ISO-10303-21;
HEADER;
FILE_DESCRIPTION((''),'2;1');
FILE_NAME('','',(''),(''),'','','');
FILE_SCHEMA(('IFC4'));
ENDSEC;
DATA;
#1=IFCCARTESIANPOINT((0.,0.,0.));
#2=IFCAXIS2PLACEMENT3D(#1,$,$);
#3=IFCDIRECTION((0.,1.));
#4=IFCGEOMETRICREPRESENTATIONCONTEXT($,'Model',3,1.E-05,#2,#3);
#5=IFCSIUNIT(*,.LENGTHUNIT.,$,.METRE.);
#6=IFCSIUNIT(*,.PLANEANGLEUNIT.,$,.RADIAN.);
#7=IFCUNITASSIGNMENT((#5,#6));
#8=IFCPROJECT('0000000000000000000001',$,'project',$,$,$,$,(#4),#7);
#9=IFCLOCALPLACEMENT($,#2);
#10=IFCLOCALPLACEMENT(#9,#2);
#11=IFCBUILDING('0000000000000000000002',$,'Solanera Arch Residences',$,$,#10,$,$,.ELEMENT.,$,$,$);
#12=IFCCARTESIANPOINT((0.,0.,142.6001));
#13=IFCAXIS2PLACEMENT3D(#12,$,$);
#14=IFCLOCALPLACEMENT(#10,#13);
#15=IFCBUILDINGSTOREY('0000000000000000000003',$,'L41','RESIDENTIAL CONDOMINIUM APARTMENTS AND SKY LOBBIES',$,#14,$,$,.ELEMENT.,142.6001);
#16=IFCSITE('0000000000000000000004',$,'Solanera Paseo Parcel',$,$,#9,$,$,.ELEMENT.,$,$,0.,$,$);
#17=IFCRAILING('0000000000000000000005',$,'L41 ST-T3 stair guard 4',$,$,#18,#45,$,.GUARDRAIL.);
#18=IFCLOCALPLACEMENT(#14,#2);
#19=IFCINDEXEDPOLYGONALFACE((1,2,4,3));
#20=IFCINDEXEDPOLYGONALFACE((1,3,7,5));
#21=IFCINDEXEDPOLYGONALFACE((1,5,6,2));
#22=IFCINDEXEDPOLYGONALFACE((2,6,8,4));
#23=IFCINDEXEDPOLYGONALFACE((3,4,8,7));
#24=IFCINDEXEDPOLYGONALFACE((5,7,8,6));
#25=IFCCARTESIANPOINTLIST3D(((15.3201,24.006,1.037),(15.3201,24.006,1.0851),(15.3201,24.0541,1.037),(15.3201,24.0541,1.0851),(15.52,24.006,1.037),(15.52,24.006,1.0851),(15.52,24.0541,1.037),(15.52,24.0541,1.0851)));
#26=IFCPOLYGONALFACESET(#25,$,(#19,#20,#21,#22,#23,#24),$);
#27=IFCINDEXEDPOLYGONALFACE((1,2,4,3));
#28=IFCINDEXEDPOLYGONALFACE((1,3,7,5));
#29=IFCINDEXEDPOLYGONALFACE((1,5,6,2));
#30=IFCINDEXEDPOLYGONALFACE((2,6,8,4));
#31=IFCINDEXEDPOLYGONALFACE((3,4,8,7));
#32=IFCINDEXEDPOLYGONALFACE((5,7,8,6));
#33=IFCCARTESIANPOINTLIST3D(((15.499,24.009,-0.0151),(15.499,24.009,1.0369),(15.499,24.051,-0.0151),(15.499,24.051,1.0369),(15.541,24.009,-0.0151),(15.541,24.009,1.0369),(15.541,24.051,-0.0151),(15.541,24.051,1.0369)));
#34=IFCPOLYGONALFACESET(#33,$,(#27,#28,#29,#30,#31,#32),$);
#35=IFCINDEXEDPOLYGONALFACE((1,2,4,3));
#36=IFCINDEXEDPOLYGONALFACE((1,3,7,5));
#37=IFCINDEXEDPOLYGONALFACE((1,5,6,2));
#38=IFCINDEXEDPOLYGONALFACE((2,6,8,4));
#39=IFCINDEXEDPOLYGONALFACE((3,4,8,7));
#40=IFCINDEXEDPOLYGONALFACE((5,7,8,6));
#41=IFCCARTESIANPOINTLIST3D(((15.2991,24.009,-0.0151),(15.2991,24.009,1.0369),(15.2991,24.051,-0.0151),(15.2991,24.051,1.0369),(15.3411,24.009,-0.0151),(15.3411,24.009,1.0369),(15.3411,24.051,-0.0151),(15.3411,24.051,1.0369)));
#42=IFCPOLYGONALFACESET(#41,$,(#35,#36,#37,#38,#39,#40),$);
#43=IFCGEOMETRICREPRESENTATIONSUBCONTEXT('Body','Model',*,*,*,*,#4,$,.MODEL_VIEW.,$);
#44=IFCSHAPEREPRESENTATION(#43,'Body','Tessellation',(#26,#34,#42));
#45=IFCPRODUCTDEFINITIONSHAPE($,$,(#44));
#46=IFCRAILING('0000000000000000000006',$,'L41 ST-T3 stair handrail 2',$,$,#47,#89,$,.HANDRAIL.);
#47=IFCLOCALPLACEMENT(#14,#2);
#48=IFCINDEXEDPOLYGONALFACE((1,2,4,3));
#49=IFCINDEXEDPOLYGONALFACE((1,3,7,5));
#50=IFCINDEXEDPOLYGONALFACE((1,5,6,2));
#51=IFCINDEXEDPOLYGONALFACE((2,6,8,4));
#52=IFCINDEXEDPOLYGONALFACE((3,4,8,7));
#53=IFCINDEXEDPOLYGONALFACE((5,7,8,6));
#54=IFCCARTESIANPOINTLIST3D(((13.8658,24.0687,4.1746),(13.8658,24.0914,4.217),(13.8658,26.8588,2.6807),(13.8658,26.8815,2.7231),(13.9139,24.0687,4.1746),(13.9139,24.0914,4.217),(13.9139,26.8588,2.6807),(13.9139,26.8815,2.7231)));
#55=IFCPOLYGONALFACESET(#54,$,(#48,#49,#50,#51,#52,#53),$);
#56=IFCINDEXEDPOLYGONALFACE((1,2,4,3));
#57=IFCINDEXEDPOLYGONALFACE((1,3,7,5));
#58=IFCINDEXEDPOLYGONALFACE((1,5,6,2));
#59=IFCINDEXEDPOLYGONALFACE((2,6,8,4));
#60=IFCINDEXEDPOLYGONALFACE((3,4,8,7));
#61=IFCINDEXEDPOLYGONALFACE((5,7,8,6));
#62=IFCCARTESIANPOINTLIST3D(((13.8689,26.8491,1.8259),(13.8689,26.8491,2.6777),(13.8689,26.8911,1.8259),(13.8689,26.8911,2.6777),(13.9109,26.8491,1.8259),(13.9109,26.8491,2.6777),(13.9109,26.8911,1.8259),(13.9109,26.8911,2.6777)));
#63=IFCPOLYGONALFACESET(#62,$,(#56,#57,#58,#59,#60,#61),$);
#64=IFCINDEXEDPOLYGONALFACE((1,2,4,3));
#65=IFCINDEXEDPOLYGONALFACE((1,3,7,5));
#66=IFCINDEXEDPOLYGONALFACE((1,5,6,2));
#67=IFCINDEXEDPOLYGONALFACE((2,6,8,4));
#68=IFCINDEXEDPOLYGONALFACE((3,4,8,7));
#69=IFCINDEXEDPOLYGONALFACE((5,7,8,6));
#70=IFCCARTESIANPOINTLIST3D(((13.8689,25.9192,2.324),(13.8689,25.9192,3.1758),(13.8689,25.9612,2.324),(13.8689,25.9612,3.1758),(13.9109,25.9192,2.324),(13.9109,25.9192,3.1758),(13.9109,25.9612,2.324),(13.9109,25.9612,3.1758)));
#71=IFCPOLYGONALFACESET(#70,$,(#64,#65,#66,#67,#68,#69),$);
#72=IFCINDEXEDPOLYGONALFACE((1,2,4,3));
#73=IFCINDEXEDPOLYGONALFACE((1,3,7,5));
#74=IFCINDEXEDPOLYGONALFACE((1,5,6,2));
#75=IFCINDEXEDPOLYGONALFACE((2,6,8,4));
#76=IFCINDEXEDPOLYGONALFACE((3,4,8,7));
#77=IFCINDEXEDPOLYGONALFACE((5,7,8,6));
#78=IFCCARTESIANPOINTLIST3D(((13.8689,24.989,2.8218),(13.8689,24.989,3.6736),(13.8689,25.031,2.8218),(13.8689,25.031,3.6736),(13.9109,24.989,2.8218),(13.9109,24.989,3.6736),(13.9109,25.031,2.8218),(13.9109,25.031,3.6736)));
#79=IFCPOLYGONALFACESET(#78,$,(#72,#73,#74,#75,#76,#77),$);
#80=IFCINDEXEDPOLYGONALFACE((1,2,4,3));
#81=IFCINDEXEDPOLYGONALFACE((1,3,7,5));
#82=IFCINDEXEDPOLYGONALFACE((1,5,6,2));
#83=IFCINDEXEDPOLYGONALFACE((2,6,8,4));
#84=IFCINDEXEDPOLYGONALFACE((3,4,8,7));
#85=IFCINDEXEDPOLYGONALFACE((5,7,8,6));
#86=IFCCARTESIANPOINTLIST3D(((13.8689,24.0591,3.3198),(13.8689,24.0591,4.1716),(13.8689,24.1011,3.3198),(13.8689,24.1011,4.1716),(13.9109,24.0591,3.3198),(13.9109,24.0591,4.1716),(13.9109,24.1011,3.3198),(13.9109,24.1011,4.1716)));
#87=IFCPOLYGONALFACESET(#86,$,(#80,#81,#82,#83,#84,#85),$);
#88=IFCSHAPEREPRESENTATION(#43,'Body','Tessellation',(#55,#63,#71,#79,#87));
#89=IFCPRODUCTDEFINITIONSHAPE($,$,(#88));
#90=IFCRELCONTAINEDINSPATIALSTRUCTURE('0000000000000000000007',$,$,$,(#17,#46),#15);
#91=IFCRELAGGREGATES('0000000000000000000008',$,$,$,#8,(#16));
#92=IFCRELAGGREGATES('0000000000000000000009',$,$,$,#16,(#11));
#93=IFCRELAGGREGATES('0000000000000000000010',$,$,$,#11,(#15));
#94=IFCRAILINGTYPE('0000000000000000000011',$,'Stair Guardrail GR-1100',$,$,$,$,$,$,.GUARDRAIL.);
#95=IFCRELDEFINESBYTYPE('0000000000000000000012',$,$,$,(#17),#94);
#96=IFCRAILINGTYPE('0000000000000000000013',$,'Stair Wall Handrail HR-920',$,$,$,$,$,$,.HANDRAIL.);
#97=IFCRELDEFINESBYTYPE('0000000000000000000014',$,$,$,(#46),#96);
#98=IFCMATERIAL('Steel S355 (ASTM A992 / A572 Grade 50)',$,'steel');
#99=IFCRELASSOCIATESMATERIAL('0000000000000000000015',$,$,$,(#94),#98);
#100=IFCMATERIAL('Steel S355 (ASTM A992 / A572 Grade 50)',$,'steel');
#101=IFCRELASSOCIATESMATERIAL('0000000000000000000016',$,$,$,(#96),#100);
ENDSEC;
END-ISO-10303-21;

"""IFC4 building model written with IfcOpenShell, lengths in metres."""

from ifc_helpers import new_model, si_unit, direction, frame, origin, origin_2d, place, context, subcontext, project, spatial, rectangle, extrude, material, type_object, element, save


model = new_model("IFC4")

# Units and contexts
model_context = context("Model", 3, precision=1e-05, world=origin(), true_north=direction((0.0, 1.0)))
body_context = subcontext(model_context, "Body", "Model", "MODEL_VIEW")
ifc_project = project(units=[si_unit("LENGTHUNIT", "METRE"), si_unit("PLANEANGLEUNIT", "RADIAN")], contexts=[model_context])

# Site, building, storey
site_placement = place(None, origin())
site = spatial("IfcSite", under=ifc_project, at=site_placement, Name="Solanera Paseo Parcel", CompositionType="ELEMENT", RefElevation=0.0)
building_placement = place(site_placement, origin())
building = spatial("IfcBuilding", under=site, at=building_placement, Name="Solanera Arch Residences", CompositionType="ELEMENT")
storey_placement = place(building_placement, frame((0.0, 0.0, 142.6001)))
storey = spatial("IfcBuildingStorey", under=building, at=storey_placement, Name="L41", Description="RESIDENTIAL CONDOMINIUM APARTMENTS AND SKY LOBBIES", CompositionType="ELEMENT", Elevation=142.6001)

# Railings
ifc_material_1 = material(Name="Steel S355 (ASTM A992 / A572 Grade 50)", Category="steel")
railing_type_1 = type_object("IfcRailingType", Name="Stair Guardrail GR-1100", PredefinedType="GUARDRAIL", material=ifc_material_1)
railing_1_placement = place(storey_placement, frame((15.52, 24.03, -0.0151)))
element("IfcRailing", 1, at=railing_1_placement, inside=storey, type_object=railing_type_1, Name="L41 ST-T3 stair guard 4", PredefinedType="GUARDRAIL", context=body_context, shape_type="SweptSolid", body=[
    extrude(rectangle(XDim=0.0481, YDim=0.0481, at=origin_2d()), frame((0.0, 0.0, 1.0762), z_axis=(-1.0, 0.0, 0.0), x_axis=(0.0, -1.0, 0.0)), (0.0, 0.0, 1.0), 0.2),
    extrude(rectangle(XDim=0.042, YDim=0.042, at=origin_2d()), origin(), (0.0, 0.0, 1.0), 1.052),
    extrude(rectangle(XDim=0.042, YDim=0.042, at=origin_2d()), frame((-0.2, 0.0, 0.0)), (0.0, 0.0, 1.0), 1.052),
])
ifc_material_2 = material(Name="Steel S355 (ASTM A992 / A572 Grade 50)", Category="steel")
railing_type_2 = type_object("IfcRailingType", Name="Stair Wall Handrail HR-920", PredefinedType="HANDRAIL", material=ifc_material_2)
railing_2_placement = place(storey_placement, frame((13.8899, 26.8701, 1.8259)))
element("IfcRailing", 2, at=railing_2_placement, inside=storey, type_object=railing_type_2, Name="L41 ST-T3 stair handrail 2", PredefinedType="HANDRAIL", context=body_context, shape_type="SweptSolid", body=[
    extrude(rectangle(XDim=0.0481, YDim=0.0481, at=origin_2d()), frame((0.0, 0.0, 0.876), z_axis=(0.0, -0.881581, 0.472033), x_axis=(1.0, 0.0, 0.0)), (0.0, 0.0, 1.0), 3.1648),
    extrude(rectangle(XDim=0.042, YDim=0.042, at=origin_2d()), origin(), (0.0, 0.0, 1.0), 0.8518),
    extrude(rectangle(XDim=0.042, YDim=0.042, at=origin_2d()), frame((0.0, -0.9299, 0.498)), (0.0, 0.0, 1.0), 0.8518),
    extrude(rectangle(XDim=0.042, YDim=0.042, at=origin_2d()), frame((0.0, -1.8601, 0.9958)), (0.0, 0.0, 1.0), 0.8518),
    extrude(rectangle(XDim=0.042, YDim=0.042, at=origin_2d()), frame((0.0, -2.79, 1.4939)), (0.0, 0.0, 1.0), 0.8518),
])

save(model, "model.ifc")
